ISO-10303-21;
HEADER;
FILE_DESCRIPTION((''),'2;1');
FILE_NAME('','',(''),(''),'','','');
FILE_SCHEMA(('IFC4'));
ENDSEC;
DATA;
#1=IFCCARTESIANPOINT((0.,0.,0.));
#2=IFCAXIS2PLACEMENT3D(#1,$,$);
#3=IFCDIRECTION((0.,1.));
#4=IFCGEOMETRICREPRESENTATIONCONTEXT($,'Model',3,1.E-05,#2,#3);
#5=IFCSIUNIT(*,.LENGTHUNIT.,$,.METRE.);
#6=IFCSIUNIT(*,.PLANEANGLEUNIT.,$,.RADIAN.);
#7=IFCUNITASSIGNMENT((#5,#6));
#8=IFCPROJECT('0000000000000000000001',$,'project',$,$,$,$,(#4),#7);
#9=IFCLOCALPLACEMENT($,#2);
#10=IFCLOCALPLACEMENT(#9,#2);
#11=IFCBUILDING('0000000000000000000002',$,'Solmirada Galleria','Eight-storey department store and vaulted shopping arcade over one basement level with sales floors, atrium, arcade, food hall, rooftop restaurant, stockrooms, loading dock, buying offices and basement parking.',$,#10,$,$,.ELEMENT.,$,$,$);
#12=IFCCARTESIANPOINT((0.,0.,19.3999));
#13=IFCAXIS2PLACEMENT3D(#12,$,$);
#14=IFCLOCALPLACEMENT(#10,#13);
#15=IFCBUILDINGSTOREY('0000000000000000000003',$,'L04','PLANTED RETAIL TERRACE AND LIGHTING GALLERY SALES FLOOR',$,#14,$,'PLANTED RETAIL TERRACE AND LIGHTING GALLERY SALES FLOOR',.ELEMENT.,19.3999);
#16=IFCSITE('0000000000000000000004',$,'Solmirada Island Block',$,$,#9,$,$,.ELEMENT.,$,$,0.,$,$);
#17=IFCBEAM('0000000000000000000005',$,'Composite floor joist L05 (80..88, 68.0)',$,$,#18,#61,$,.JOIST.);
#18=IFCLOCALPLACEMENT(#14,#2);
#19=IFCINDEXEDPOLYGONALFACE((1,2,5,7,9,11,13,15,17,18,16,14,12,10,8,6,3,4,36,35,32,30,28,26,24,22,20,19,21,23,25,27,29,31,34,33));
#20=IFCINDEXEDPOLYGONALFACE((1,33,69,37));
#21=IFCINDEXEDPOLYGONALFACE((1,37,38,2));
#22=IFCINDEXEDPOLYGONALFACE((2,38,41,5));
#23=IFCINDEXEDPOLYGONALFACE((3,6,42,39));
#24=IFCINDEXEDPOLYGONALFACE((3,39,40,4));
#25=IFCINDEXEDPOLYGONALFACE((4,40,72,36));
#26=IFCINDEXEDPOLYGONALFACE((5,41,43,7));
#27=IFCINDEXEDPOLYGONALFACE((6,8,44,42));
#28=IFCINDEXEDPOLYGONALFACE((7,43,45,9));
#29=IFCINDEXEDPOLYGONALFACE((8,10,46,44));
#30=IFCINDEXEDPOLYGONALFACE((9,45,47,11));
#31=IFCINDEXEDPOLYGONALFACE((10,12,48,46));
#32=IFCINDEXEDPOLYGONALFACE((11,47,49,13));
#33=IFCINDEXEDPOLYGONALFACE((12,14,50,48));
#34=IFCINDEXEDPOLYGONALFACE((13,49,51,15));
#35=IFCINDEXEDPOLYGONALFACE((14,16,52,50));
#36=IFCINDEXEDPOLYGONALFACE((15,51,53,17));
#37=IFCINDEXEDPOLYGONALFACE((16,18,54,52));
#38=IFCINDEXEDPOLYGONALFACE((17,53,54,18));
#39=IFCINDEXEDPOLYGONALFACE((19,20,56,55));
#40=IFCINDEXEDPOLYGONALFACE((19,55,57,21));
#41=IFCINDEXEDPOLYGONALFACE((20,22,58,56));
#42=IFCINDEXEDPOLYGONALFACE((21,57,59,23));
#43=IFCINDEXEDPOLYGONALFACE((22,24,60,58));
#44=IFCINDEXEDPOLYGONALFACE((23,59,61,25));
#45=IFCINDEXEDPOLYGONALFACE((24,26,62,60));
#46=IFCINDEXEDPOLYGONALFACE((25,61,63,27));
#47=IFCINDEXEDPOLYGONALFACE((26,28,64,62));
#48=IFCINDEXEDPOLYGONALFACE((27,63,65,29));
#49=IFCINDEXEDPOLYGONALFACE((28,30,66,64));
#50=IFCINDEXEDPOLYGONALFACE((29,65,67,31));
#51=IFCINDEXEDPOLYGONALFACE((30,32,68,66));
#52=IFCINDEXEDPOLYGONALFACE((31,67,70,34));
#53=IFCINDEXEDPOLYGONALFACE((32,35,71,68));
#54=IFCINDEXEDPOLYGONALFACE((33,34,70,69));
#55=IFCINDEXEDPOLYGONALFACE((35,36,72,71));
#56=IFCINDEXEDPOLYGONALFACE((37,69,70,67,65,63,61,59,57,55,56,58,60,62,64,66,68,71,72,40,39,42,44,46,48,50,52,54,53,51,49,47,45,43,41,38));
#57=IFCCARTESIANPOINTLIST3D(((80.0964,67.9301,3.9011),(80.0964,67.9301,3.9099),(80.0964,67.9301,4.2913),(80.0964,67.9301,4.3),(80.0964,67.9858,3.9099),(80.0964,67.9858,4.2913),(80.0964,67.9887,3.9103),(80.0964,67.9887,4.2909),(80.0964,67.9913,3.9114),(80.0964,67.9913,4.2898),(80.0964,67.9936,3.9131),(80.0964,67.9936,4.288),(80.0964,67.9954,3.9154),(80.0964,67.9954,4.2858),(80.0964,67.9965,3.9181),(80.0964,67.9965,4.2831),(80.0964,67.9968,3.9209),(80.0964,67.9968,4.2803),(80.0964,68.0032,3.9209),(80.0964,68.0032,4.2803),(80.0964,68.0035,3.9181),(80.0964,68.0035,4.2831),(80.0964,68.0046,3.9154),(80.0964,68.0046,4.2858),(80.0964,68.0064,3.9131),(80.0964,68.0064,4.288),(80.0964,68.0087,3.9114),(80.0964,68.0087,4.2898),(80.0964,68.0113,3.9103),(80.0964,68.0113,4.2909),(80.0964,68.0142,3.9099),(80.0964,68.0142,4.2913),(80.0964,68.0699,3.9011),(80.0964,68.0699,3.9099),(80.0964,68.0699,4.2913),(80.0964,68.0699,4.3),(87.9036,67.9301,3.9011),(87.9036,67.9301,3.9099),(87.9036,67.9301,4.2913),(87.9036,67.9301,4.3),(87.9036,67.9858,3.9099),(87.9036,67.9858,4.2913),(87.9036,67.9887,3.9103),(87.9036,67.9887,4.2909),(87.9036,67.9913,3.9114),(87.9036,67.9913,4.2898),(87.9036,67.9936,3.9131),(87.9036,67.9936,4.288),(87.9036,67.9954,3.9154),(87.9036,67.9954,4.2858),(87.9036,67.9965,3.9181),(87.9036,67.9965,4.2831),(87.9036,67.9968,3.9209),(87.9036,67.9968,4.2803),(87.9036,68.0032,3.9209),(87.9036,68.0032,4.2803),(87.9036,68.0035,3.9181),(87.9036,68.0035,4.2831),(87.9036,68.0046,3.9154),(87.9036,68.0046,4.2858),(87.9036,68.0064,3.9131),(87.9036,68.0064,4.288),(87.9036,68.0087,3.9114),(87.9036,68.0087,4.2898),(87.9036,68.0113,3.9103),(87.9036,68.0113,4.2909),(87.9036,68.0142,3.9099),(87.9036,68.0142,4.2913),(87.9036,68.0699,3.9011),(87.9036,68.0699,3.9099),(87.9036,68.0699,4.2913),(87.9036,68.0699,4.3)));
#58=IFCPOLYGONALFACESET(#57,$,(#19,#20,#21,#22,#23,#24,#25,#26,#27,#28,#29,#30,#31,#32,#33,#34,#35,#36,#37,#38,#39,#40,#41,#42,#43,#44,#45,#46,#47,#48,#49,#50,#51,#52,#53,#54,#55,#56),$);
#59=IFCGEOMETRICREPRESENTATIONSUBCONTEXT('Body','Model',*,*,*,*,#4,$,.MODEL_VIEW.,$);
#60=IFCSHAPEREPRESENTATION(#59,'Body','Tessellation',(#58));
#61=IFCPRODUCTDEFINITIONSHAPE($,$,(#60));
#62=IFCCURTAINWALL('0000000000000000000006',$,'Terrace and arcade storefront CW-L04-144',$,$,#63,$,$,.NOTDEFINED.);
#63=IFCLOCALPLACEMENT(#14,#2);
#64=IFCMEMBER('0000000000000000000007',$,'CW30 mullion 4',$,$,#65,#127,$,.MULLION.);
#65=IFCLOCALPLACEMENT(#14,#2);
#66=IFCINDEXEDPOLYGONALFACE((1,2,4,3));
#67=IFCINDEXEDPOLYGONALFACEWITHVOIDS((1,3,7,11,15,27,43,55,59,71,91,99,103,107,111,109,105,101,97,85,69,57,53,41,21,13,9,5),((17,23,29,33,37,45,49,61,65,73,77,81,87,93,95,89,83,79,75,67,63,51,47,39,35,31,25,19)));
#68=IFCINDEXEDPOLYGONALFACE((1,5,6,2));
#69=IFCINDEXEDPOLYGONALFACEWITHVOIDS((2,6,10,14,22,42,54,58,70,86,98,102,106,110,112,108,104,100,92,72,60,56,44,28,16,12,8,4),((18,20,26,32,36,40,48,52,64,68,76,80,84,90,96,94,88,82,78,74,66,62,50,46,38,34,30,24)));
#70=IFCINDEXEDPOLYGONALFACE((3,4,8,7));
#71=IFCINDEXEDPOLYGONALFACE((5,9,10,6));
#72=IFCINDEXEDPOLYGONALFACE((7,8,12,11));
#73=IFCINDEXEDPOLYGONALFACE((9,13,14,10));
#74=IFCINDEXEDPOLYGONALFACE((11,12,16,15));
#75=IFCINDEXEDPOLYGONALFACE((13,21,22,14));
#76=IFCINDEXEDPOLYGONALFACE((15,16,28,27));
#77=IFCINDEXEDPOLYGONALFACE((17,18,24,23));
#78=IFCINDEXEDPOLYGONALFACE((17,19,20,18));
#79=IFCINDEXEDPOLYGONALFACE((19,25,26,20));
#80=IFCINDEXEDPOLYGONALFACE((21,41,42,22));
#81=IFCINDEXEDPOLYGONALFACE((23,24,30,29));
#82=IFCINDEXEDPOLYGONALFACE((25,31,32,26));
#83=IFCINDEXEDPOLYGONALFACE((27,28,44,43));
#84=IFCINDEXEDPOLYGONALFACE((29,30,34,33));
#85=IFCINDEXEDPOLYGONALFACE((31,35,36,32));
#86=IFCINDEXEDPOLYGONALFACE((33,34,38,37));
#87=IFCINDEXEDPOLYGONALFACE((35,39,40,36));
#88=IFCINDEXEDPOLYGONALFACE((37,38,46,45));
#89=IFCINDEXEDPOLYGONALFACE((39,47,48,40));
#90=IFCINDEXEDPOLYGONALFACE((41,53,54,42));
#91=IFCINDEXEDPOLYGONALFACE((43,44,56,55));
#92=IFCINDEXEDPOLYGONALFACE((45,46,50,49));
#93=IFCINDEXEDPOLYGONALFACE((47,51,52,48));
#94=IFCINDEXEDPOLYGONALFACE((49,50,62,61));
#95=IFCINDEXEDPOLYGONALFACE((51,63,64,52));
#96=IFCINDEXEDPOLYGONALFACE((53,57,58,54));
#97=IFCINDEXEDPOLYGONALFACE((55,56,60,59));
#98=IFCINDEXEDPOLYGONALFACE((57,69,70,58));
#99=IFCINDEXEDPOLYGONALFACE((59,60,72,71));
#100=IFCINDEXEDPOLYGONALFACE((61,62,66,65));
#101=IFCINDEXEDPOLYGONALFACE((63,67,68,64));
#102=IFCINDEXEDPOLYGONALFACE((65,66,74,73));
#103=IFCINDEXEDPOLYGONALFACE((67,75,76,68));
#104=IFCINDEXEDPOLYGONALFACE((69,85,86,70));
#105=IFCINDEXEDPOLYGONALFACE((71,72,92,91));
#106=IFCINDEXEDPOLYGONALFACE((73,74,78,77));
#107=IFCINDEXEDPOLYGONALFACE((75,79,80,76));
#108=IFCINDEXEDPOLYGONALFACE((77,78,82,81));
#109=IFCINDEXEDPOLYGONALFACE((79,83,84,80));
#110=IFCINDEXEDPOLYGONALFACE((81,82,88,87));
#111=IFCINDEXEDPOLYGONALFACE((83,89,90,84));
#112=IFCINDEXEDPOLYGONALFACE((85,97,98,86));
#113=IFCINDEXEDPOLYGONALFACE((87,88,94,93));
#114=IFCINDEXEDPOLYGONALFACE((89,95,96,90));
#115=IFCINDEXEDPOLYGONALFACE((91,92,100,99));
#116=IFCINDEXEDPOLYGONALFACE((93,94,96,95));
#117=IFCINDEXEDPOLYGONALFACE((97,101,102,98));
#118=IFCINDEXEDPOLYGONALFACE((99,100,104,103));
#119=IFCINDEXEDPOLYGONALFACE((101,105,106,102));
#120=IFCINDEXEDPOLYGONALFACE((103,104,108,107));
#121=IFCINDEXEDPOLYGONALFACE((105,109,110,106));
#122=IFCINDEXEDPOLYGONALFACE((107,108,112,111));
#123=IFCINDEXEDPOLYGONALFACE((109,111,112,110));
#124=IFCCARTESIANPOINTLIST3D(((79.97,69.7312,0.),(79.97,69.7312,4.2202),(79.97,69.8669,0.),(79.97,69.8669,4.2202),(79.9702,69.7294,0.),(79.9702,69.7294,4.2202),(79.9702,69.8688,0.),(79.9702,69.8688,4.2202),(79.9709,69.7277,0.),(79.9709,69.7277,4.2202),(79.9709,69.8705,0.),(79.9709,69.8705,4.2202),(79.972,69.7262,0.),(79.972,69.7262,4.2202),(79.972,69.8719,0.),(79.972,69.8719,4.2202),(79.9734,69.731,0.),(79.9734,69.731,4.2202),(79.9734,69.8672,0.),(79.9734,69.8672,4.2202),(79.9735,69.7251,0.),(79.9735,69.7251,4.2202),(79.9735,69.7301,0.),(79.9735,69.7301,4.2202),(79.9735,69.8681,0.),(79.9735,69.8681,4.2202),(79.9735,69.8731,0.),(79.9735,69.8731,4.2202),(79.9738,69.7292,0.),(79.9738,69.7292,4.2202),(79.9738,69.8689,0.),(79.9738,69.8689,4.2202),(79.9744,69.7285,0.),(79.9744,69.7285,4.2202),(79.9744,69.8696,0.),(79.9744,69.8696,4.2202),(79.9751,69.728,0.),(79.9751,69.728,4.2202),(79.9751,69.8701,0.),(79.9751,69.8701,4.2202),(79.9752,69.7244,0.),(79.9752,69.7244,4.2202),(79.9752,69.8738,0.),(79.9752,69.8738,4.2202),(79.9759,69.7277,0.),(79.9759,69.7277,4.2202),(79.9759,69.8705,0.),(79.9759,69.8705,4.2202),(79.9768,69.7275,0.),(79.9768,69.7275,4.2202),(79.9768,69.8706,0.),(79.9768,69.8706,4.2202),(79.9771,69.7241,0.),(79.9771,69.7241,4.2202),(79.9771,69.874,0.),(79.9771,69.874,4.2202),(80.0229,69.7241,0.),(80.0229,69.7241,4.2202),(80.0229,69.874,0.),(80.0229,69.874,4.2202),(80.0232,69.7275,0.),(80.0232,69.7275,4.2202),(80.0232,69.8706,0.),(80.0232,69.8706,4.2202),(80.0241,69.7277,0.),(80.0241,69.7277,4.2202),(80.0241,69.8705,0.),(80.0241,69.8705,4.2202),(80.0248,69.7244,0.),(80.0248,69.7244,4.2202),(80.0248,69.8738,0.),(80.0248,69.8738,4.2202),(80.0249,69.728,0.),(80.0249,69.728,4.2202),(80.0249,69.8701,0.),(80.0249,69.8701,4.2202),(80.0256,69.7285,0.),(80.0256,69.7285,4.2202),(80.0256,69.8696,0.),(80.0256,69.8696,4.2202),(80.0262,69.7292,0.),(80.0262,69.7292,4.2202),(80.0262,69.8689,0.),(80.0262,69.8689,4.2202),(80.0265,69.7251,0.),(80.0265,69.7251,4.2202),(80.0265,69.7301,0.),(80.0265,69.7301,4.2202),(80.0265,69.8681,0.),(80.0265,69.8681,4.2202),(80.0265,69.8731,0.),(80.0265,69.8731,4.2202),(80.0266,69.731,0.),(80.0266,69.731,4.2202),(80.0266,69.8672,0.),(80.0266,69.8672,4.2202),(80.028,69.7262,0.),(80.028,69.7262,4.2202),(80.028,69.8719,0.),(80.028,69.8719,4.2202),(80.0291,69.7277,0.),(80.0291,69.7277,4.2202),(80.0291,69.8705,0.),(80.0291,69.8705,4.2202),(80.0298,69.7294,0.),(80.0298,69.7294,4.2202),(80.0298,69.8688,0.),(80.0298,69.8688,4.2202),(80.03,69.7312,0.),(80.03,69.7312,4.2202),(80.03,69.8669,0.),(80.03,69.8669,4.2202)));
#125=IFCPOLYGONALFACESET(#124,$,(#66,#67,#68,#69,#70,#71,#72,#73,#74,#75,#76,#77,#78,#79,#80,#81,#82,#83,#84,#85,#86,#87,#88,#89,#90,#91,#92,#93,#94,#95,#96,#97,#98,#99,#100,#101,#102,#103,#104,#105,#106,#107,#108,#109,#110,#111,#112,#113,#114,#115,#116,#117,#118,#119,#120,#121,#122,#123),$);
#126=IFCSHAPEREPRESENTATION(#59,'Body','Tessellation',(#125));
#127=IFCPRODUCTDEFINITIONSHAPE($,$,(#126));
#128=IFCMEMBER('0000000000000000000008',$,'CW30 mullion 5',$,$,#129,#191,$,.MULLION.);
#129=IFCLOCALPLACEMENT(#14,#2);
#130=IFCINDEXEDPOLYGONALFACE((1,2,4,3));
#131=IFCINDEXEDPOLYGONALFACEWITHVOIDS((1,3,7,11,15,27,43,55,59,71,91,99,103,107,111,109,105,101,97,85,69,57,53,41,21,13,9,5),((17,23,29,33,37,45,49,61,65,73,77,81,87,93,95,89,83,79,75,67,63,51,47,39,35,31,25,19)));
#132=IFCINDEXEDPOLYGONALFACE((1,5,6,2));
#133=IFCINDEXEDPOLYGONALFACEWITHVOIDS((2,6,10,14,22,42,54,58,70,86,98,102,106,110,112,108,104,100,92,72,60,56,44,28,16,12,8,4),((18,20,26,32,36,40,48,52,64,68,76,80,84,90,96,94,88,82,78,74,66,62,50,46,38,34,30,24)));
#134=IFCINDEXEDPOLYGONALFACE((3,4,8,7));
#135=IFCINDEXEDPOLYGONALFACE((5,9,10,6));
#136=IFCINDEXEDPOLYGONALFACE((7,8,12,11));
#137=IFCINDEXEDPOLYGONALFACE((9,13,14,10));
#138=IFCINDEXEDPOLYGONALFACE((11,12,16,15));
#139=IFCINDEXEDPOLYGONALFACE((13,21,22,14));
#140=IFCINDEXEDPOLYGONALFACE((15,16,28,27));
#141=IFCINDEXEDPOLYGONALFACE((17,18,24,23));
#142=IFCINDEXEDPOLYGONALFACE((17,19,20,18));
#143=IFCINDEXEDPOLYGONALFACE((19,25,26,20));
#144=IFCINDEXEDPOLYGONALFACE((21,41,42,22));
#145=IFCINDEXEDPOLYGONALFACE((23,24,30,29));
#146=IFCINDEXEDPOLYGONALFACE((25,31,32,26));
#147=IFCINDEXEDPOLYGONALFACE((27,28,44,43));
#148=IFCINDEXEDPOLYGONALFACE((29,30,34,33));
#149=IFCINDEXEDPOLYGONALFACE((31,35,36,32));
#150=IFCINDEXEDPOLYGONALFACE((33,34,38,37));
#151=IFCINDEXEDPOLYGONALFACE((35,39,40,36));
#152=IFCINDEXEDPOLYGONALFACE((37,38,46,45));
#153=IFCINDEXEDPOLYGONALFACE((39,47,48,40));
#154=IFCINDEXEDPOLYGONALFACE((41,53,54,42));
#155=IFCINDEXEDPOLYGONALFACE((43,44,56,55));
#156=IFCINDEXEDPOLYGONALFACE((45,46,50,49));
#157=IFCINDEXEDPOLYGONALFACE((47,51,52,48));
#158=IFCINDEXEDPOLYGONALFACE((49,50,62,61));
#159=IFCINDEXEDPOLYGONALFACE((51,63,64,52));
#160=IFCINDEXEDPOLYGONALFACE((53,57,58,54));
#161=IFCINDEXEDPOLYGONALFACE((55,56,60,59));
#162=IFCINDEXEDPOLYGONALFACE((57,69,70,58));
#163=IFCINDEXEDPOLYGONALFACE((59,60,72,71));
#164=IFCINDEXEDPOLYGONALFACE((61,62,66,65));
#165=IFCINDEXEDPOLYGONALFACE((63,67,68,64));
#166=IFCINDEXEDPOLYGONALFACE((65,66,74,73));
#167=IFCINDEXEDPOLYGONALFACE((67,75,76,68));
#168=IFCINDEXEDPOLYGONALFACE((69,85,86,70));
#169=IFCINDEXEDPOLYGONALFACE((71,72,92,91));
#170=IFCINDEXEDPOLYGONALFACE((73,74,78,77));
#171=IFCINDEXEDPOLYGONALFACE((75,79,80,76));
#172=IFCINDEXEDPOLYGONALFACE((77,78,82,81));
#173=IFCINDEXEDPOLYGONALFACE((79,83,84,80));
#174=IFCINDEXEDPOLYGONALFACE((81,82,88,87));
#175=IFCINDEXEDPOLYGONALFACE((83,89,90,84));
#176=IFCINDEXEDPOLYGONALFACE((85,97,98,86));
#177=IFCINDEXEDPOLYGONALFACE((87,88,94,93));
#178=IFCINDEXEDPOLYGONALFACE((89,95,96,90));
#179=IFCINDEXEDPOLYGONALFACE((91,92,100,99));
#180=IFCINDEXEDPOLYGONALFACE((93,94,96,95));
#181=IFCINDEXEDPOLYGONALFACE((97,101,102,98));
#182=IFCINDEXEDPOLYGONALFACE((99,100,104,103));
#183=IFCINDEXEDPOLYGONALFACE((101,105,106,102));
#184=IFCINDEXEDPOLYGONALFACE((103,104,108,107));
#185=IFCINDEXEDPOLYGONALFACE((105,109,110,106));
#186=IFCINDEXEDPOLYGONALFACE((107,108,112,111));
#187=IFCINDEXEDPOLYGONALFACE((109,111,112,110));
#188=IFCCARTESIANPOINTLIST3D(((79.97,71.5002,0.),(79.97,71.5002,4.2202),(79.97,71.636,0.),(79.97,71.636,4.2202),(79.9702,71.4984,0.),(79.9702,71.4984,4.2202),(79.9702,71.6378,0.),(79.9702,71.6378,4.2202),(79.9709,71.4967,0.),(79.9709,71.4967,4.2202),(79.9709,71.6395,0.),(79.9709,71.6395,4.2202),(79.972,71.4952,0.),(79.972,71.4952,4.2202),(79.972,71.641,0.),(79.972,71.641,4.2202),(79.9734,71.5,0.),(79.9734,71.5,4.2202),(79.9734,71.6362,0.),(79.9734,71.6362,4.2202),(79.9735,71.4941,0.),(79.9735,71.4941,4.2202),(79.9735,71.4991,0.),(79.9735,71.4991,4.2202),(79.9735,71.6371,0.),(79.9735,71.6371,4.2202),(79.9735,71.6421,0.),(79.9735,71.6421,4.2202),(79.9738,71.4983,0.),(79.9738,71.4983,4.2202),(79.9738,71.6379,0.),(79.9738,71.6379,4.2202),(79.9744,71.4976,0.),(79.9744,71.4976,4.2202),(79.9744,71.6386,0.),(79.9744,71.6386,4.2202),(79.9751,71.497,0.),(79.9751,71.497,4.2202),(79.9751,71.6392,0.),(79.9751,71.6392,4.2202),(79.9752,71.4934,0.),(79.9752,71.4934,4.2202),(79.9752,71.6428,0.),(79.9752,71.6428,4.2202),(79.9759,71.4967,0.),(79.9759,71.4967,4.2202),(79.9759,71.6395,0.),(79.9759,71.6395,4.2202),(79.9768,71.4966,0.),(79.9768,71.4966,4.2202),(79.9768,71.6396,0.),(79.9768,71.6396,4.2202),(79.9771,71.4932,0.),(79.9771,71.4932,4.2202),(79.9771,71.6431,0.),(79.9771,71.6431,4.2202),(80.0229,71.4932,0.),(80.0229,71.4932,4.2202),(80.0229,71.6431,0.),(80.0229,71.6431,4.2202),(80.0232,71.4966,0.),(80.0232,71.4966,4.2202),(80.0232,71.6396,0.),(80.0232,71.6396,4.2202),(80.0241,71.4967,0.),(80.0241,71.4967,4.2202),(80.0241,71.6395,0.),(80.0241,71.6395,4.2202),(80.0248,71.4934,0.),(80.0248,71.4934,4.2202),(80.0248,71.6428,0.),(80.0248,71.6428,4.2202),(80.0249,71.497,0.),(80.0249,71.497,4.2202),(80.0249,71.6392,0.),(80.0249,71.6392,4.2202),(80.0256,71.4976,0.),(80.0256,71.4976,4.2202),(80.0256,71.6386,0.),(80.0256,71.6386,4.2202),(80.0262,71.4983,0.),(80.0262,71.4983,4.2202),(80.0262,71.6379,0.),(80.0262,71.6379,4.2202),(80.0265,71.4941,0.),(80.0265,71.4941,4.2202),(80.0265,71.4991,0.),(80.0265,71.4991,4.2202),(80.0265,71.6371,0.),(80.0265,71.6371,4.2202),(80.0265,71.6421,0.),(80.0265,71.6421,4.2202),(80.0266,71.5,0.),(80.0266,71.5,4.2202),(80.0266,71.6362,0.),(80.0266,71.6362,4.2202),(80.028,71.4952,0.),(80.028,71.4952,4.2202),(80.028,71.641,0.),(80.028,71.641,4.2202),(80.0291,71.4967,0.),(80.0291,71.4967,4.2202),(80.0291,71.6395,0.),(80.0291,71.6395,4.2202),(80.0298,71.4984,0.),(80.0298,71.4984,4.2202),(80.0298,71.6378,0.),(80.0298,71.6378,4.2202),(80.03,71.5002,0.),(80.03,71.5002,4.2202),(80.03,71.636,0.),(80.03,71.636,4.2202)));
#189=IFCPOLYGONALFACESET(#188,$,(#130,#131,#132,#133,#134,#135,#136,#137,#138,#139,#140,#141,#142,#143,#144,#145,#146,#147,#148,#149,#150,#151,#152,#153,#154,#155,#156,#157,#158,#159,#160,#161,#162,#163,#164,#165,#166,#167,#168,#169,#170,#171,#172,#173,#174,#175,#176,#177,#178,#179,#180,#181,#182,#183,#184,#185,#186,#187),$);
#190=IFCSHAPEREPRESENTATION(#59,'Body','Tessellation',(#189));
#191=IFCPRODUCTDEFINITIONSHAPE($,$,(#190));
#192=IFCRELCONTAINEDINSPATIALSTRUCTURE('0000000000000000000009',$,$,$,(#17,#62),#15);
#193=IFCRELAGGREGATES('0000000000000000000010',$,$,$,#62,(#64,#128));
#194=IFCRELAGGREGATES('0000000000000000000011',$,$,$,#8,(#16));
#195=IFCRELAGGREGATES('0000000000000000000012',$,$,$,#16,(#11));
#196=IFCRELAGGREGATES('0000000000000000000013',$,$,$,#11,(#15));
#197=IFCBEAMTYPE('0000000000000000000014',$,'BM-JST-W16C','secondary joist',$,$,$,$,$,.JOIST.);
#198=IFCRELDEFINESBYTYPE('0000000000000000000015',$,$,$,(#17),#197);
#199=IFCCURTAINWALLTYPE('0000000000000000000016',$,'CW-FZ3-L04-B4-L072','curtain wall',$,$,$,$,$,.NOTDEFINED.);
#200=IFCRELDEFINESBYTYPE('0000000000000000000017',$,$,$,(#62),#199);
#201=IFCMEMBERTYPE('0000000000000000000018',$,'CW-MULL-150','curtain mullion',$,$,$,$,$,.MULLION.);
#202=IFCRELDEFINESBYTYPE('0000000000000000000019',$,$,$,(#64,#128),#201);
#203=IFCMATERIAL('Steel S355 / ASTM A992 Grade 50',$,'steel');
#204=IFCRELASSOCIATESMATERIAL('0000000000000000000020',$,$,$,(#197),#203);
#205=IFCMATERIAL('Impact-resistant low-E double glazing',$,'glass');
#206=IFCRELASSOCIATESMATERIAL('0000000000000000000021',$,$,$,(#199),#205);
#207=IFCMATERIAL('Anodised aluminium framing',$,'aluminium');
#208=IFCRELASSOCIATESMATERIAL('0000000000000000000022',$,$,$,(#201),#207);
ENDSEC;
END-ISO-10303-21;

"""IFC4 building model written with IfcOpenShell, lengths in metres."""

from ifc_helpers import new_model, si_unit, direction, frame, origin, origin_2d, place, context, subcontext, project, spatial, hollow_rectangle, i_section, extrude, material, material_profile, profile_set, type_object, element, aggregate, save


model = new_model("IFC4")

# Units and contexts
model_context = context("Model", 3, precision=1e-05, world=origin(), true_north=direction((0.0, 1.0)))
body_context = subcontext(model_context, "Body", "Model", "MODEL_VIEW")
ifc_project = project(units=[si_unit("LENGTHUNIT", "METRE"), si_unit("PLANEANGLEUNIT", "RADIAN")], contexts=[model_context])

# Site, building, storey
site_placement = place(None, origin())
site = spatial("IfcSite", under=ifc_project, at=site_placement, Name="Solmirada Island Block", CompositionType="ELEMENT", RefElevation=0.0)
building_placement = place(site_placement, origin())
building = spatial("IfcBuilding", under=site, at=building_placement, Name="Solmirada Galleria", Description="Eight-storey department store and vaulted shopping arcade over one basement level with sales floors, atrium, arcade, food hall, rooftop restaurant, stockrooms, loading dock, buying offices and basement parking.", CompositionType="ELEMENT")
storey_placement = place(building_placement, frame((0.0, 0.0, 19.3999)))
storey = spatial("IfcBuildingStorey", under=building, at=storey_placement, Name="L04", Description="PLANTED RETAIL TERRACE AND LIGHTING GALLERY SALES FLOOR", LongName="PLANTED RETAIL TERRACE AND LIGHTING GALLERY SALES FLOOR", CompositionType="ELEMENT", Elevation=19.3999)

# Beam
ifc_material_1 = material(Name="Steel S355 / ASTM A992 Grade 50", Category="steel")
ifc_material_profile_1 = material_profile(ifc_material_1, i_section(OverallWidth=0.1399, OverallDepth=0.3989, WebThickness=0.0063, FlangeThickness=0.0088, FilletRadius=0.011, at=origin_2d()), Name="W16X26")
ifc_profile_set_1 = profile_set([ifc_material_profile_1], Name="Steel S355 / ASTM A992 Grade 50")
beam_type_1 = type_object("IfcBeamType", Name="BM-JST-W16C", Description="secondary joist", PredefinedType="JOIST", material=ifc_profile_set_1)
beam_1_placement = place(storey_placement, frame((80.0964, 68.0, 4.1006), z_axis=(1.0, 0.0, 0.0), x_axis=(0.0, 1.0, 0.0)))
element("IfcBeam", 1, at=beam_1_placement, inside=storey, type_object=beam_type_1, Name="Composite floor joist L05 (80..88, 68.0)", PredefinedType="JOIST", context=body_context, shape_type="SweptSolid", body=[
    extrude(i_section(OverallWidth=0.1399, OverallDepth=0.3989, WebThickness=0.0063, FlangeThickness=0.0088, FilletRadius=0.011, at=origin_2d()), origin(), (0.0, 0.0, 1.0), 7.8071),
])

# Curtain wall, members
ifc_material_2 = material(Name="Impact-resistant low-E double glazing", Category="glass")
curtain_wall_type = type_object("IfcCurtainWallType", Name="CW-FZ3-L04-B4-L072", Description="curtain wall", PredefinedType="NOTDEFINED", material=ifc_material_2)
curtain_wall_1_placement = place(storey_placement, origin())
curtain_wall_1 = element("IfcCurtainWall", 2, at=curtain_wall_1_placement, inside=storey, type_object=curtain_wall_type, Name="Terrace and arcade storefront CW-L04-144", PredefinedType="NOTDEFINED")
ifc_material_3 = material(Name="Anodised aluminium framing", Category="aluminium")
ifc_material_profile_2 = material_profile(ifc_material_3, hollow_rectangle(XDim=0.0601, YDim=0.1499, WallThickness=0.0034, InnerFilletRadius=0.0034, OuterFilletRadius=0.0071, at=origin_2d()), Name="ALU-MULL-150X60")
ifc_profile_set_2 = profile_set([ifc_material_profile_2], Name="Anodised aluminium framing")
member_type_1 = type_object("IfcMemberType", Name="CW-MULL-150", Description="curtain mullion", PredefinedType="MULLION", material=ifc_profile_set_2)
member_1_placement = place(storey_placement, frame((80.0, 69.7991, 0.0), z_axis=(0.0, 0.0, 1.0), x_axis=(-1.0, 0.0, 0.0)))
member_1 = element("IfcMember", 3, at=member_1_placement, type_object=member_type_1, Name="CW30 mullion 4", PredefinedType="MULLION", context=body_context, shape_type="SweptSolid", body=[
    extrude(hollow_rectangle(XDim=0.0601, YDim=0.1499, WallThickness=0.0034, InnerFilletRadius=0.0034, OuterFilletRadius=0.0071, at=origin_2d()), origin(), (0.0, 0.0, 1.0), 4.2202),
])
member_2_placement = place(storey_placement, frame((80.0, 71.5681, 0.0), z_axis=(0.0, 0.0, 1.0), x_axis=(-1.0, 0.0, 0.0)))
member_2 = element("IfcMember", 4, at=member_2_placement, type_object=member_type_1, Name="CW30 mullion 5", PredefinedType="MULLION", context=body_context, shape_type="SweptSolid", body=[
    extrude(hollow_rectangle(XDim=0.0601, YDim=0.1499, WallThickness=0.0034, InnerFilletRadius=0.0034, OuterFilletRadius=0.0071, at=origin_2d()), origin(), (0.0, 0.0, 1.0), 4.2202),
])

aggregate(curtain_wall_1, [member_1, member_2])

save(model, "model.ifc")
